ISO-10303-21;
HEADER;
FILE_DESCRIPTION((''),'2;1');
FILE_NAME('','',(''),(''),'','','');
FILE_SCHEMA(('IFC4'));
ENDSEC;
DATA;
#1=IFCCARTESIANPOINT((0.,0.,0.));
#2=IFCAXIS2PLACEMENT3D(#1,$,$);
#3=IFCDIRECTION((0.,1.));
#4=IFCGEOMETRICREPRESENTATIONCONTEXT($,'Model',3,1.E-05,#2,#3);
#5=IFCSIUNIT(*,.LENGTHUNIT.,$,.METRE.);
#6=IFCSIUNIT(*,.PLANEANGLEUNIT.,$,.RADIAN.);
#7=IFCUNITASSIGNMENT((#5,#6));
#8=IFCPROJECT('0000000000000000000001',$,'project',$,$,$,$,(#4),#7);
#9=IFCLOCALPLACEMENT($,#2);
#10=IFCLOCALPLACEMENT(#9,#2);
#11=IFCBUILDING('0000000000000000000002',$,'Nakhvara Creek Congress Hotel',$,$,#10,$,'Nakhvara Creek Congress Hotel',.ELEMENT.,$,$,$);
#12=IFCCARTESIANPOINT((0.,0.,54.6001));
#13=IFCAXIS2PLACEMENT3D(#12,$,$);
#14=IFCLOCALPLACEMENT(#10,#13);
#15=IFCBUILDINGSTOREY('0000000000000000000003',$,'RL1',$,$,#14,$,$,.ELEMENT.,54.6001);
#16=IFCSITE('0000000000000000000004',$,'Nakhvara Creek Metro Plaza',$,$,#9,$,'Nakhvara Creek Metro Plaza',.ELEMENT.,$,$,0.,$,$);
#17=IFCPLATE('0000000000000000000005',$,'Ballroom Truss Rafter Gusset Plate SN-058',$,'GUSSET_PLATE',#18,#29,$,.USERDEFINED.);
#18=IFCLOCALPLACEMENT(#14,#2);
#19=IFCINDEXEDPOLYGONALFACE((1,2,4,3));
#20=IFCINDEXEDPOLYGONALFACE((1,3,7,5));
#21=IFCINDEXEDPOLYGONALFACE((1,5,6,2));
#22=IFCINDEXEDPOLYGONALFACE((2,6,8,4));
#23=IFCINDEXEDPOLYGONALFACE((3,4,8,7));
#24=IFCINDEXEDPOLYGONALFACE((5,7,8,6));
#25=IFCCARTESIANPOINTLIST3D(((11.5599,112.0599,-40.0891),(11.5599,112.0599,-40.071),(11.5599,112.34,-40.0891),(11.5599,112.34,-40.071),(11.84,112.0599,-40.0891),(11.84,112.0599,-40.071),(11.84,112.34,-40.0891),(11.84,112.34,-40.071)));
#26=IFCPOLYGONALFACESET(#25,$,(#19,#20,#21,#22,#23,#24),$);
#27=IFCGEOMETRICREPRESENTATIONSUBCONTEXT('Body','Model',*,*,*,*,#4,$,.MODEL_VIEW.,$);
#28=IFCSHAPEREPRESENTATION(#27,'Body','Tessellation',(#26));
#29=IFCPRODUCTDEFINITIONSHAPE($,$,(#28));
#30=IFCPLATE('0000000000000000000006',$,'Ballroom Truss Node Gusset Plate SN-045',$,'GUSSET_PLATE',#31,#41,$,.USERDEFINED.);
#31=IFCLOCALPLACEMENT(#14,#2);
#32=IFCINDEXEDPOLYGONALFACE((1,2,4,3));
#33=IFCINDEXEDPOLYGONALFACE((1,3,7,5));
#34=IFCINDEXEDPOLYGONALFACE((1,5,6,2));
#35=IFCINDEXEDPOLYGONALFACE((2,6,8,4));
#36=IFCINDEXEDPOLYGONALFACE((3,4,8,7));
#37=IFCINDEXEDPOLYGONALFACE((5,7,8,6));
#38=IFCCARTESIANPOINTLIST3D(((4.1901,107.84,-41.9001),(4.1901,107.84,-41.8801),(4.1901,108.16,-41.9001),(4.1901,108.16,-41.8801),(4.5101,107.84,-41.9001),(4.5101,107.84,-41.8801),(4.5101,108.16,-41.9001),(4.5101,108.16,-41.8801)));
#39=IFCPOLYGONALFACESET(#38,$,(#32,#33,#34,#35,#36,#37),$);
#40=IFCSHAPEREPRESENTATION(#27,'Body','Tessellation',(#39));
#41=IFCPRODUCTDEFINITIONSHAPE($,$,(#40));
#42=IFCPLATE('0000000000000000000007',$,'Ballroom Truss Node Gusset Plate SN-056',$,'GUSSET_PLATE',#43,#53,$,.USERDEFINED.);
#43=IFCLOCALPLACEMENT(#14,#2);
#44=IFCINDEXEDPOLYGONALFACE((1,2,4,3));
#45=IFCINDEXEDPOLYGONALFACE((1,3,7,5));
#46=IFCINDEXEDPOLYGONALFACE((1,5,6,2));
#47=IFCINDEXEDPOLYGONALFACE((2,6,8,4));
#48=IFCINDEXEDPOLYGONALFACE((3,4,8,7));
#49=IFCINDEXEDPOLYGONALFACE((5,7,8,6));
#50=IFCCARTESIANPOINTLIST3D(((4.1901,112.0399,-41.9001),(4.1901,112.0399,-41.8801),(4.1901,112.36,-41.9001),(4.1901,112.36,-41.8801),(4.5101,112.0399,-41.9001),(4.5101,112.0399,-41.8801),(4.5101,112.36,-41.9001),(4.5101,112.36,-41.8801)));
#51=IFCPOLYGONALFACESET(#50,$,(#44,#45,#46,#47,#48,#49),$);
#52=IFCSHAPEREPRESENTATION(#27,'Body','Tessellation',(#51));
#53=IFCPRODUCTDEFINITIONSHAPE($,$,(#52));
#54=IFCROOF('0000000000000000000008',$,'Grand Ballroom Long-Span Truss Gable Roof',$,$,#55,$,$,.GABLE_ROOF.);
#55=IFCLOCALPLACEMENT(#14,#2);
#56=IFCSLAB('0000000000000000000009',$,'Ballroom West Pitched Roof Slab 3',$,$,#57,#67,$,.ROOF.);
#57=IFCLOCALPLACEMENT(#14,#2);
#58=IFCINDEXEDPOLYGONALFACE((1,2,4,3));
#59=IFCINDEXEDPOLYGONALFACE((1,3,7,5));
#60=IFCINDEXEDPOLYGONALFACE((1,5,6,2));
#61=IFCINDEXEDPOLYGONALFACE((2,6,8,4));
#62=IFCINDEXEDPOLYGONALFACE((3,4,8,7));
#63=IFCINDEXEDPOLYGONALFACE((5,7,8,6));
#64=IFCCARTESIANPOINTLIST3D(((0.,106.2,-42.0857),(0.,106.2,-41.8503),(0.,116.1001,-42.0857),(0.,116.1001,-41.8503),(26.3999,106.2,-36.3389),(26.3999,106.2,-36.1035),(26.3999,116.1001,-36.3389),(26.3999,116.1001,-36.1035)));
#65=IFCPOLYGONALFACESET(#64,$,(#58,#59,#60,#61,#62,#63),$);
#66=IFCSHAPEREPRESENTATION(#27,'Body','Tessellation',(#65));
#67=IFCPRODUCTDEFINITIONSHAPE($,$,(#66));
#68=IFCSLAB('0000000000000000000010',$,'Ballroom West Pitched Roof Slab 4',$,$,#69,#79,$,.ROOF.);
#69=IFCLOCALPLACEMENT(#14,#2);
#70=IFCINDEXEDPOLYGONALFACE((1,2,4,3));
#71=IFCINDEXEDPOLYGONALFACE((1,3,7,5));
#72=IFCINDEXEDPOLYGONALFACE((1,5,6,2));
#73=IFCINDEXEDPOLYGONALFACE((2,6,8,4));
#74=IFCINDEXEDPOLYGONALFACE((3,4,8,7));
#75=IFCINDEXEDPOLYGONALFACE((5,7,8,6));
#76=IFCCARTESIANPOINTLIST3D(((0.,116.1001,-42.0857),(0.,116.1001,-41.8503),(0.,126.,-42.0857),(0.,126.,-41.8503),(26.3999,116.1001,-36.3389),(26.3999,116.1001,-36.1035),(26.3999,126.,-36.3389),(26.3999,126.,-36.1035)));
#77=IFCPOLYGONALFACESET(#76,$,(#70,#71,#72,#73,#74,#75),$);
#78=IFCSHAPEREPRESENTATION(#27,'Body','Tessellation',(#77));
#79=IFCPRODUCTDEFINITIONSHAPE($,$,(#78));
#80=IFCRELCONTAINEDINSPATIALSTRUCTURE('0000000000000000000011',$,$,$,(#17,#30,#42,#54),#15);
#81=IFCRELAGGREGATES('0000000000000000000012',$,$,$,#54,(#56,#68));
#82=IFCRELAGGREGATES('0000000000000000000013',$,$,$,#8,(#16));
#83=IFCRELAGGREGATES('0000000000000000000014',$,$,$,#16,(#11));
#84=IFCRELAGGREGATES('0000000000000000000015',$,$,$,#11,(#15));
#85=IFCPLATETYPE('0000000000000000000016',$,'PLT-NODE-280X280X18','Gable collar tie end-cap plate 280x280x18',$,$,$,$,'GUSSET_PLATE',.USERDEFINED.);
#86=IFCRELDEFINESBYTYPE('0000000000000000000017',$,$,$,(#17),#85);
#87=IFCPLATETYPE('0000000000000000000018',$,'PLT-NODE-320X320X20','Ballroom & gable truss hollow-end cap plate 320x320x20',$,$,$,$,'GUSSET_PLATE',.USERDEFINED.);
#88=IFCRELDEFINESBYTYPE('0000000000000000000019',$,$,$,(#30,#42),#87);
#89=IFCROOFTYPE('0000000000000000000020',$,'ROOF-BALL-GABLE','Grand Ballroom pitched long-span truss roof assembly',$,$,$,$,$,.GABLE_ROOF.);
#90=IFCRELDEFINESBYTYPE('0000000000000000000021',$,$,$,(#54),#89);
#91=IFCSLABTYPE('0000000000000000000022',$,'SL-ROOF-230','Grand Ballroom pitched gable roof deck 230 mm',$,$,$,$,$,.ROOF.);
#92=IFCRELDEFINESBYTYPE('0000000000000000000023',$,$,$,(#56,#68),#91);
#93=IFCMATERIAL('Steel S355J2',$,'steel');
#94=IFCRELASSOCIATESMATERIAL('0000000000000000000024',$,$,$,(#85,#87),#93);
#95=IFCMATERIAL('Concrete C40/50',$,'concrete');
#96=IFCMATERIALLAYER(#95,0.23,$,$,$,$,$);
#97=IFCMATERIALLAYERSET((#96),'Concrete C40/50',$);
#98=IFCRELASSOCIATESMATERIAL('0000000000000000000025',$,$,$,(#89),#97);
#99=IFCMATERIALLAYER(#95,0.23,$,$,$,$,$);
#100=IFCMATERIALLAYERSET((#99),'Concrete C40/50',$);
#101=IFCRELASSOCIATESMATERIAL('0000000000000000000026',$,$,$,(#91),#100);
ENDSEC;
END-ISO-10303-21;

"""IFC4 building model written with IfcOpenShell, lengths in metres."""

from ifc_helpers import new_model, si_unit, direction, frame, origin, origin_2d, place, context, subcontext, project, spatial, polyline, rectangle, outline, extrude, material, layer, layer_set, type_object, element, aggregate, save


model = new_model("IFC4")

# Units and contexts
model_context = context("Model", 3, precision=1e-05, world=origin(), true_north=direction((0.0, 1.0)))
body_context = subcontext(model_context, "Body", "Model", "MODEL_VIEW")
ifc_project = project(units=[si_unit("LENGTHUNIT", "METRE"), si_unit("PLANEANGLEUNIT", "RADIAN")], contexts=[model_context])

# Site, building, storey
site_placement = place(None, origin())
site = spatial("IfcSite", under=ifc_project, at=site_placement, Name="Nakhvara Creek Metro Plaza", LongName="Nakhvara Creek Metro Plaza", CompositionType="ELEMENT", RefElevation=0.0)
building_placement = place(site_placement, origin())
building = spatial("IfcBuilding", under=site, at=building_placement, Name="Nakhvara Creek Congress Hotel", LongName="Nakhvara Creek Congress Hotel", CompositionType="ELEMENT")
storey_placement = place(building_placement, frame((0.0, 0.0, 54.6001)))
storey = spatial("IfcBuildingStorey", under=building, at=storey_placement, Name="RL1", CompositionType="ELEMENT", Elevation=54.6001)

# Shared definitions
ifc_material_1 = material(Name="Steel S355J2", Category="steel")

# Plates
plate_type_1 = type_object("IfcPlateType", Name="PLT-NODE-280X280X18", Description="Gable collar tie end-cap plate 280x280x18", ElementType="GUSSET_PLATE", PredefinedType="USERDEFINED", material=ifc_material_1)
for number, where, z_axis, x_axis, name in (
    (1, (11.7, 112.2, -40.0891), (0.0, 0.0, 1.0), (1.0, 0.0, 0.0), "Ballroom Truss Rafter Gusset Plate SN-058"),
):
    element("IfcPlate", number, at=place(storey_placement, frame(where, z_axis=z_axis, x_axis=x_axis)), inside=storey, type_object=plate_type_1, Name=name, ObjectType="GUSSET_PLATE", PredefinedType="USERDEFINED", context=body_context, shape_type="SweptSolid", body=[
        extrude(rectangle(XDim=0.28, YDim=0.28, at=origin_2d()), origin(), (0.0, 0.0, 1.0), 0.0181),
    ])
plate_type_2 = type_object("IfcPlateType", Name="PLT-NODE-320X320X20", Description="Ballroom & gable truss hollow-end cap plate 320x320x20", ElementType="GUSSET_PLATE", PredefinedType="USERDEFINED", material=ifc_material_1)
for number, where, z_axis, x_axis, name in (
    (2, (4.3501, 108.0, -41.9001), (0.0, 0.0, 1.0), (1.0, 0.0, 0.0), "Ballroom Truss Node Gusset Plate SN-045"),
    (3, (4.3501, 112.2, -41.9001), (0.0, 0.0, 1.0), (1.0, 0.0, 0.0), "Ballroom Truss Node Gusset Plate SN-056"),
):
    element("IfcPlate", number, at=place(storey_placement, frame(where, z_axis=z_axis, x_axis=x_axis)), inside=storey, type_object=plate_type_2, Name=name, ObjectType="GUSSET_PLATE", PredefinedType="USERDEFINED", context=body_context, shape_type="SweptSolid", body=[
        extrude(rectangle(XDim=0.3201, YDim=0.3201, at=origin_2d()), origin(), (0.0, 0.0, 1.0), 0.02),
    ])

# Roof, slabs
ifc_material_2 = material(Name="Concrete C40/50", Category="concrete")
ifc_layer_1 = layer(ifc_material_2, 0.23)
ifc_layer_set_1 = layer_set([ifc_layer_1], Name="Concrete C40/50")
roof_type = type_object("IfcRoofType", Name="ROOF-BALL-GABLE", Description="Grand Ballroom pitched long-span truss roof assembly", PredefinedType="GABLE_ROOF", material=ifc_layer_set_1)
roof_placement = place(storey_placement, origin())
roof = element("IfcRoof", 4, at=roof_placement, inside=storey, type_object=roof_type, Name="Grand Ballroom Long-Span Truss Gable Roof", PredefinedType="GABLE_ROOF")
ifc_layer_2 = layer(ifc_material_2, 0.23)
ifc_layer_set_2 = layer_set([ifc_layer_2], Name="Concrete C40/50")
slab_type = type_object("IfcSlabType", Name="SL-ROOF-230", Description="Grand Ballroom pitched gable roof deck 230 mm", PredefinedType="ROOF", material=ifc_layer_set_2)
slab_1_placement = place(storey_placement, frame((0.0, 106.2, -41.8503), z_axis=(0.0, 0.0, 1.0), x_axis=(1.0, 0.0, 0.0)))
slab_1 = element("IfcSlab", 5, at=slab_1_placement, type_object=slab_type, Name="Ballroom West Pitched Roof Slab 3", PredefinedType="ROOF", context=body_context, shape_type="SweptSolid", body=[
    extrude(outline(polyline([(0.0, 0.0), (26.3999, 5.7468), (26.3999, 5.5115), (0.0, -0.2354), (0.0, 0.0)])), frame((0.0, 9.9001, 0.0), z_axis=(0.0, -1.0, 0.0), x_axis=(1.0, 0.0, 0.0)), (0.0, 0.0, 1.0), 9.9001),
])
slab_2_placement = place(storey_placement, frame((0.0, 116.1001, -41.8503), z_axis=(0.0, 0.0, 1.0), x_axis=(1.0, 0.0, 0.0)))
slab_2 = element("IfcSlab", 6, at=slab_2_placement, type_object=slab_type, Name="Ballroom West Pitched Roof Slab 4", PredefinedType="ROOF", context=body_context, shape_type="SweptSolid", body=[
    extrude(outline(polyline([(0.0, 0.0), (26.3999, 5.7468), (26.3999, 5.5115), (0.0, -0.2354), (0.0, 0.0)])), frame((0.0, 9.8999, 0.0), z_axis=(0.0, -1.0, 0.0), x_axis=(1.0, 0.0, 0.0)), (0.0, 0.0, 1.0), 9.8999),
])
aggregate(roof, [slab_1, slab_2])

save(model, "model.ifc")
